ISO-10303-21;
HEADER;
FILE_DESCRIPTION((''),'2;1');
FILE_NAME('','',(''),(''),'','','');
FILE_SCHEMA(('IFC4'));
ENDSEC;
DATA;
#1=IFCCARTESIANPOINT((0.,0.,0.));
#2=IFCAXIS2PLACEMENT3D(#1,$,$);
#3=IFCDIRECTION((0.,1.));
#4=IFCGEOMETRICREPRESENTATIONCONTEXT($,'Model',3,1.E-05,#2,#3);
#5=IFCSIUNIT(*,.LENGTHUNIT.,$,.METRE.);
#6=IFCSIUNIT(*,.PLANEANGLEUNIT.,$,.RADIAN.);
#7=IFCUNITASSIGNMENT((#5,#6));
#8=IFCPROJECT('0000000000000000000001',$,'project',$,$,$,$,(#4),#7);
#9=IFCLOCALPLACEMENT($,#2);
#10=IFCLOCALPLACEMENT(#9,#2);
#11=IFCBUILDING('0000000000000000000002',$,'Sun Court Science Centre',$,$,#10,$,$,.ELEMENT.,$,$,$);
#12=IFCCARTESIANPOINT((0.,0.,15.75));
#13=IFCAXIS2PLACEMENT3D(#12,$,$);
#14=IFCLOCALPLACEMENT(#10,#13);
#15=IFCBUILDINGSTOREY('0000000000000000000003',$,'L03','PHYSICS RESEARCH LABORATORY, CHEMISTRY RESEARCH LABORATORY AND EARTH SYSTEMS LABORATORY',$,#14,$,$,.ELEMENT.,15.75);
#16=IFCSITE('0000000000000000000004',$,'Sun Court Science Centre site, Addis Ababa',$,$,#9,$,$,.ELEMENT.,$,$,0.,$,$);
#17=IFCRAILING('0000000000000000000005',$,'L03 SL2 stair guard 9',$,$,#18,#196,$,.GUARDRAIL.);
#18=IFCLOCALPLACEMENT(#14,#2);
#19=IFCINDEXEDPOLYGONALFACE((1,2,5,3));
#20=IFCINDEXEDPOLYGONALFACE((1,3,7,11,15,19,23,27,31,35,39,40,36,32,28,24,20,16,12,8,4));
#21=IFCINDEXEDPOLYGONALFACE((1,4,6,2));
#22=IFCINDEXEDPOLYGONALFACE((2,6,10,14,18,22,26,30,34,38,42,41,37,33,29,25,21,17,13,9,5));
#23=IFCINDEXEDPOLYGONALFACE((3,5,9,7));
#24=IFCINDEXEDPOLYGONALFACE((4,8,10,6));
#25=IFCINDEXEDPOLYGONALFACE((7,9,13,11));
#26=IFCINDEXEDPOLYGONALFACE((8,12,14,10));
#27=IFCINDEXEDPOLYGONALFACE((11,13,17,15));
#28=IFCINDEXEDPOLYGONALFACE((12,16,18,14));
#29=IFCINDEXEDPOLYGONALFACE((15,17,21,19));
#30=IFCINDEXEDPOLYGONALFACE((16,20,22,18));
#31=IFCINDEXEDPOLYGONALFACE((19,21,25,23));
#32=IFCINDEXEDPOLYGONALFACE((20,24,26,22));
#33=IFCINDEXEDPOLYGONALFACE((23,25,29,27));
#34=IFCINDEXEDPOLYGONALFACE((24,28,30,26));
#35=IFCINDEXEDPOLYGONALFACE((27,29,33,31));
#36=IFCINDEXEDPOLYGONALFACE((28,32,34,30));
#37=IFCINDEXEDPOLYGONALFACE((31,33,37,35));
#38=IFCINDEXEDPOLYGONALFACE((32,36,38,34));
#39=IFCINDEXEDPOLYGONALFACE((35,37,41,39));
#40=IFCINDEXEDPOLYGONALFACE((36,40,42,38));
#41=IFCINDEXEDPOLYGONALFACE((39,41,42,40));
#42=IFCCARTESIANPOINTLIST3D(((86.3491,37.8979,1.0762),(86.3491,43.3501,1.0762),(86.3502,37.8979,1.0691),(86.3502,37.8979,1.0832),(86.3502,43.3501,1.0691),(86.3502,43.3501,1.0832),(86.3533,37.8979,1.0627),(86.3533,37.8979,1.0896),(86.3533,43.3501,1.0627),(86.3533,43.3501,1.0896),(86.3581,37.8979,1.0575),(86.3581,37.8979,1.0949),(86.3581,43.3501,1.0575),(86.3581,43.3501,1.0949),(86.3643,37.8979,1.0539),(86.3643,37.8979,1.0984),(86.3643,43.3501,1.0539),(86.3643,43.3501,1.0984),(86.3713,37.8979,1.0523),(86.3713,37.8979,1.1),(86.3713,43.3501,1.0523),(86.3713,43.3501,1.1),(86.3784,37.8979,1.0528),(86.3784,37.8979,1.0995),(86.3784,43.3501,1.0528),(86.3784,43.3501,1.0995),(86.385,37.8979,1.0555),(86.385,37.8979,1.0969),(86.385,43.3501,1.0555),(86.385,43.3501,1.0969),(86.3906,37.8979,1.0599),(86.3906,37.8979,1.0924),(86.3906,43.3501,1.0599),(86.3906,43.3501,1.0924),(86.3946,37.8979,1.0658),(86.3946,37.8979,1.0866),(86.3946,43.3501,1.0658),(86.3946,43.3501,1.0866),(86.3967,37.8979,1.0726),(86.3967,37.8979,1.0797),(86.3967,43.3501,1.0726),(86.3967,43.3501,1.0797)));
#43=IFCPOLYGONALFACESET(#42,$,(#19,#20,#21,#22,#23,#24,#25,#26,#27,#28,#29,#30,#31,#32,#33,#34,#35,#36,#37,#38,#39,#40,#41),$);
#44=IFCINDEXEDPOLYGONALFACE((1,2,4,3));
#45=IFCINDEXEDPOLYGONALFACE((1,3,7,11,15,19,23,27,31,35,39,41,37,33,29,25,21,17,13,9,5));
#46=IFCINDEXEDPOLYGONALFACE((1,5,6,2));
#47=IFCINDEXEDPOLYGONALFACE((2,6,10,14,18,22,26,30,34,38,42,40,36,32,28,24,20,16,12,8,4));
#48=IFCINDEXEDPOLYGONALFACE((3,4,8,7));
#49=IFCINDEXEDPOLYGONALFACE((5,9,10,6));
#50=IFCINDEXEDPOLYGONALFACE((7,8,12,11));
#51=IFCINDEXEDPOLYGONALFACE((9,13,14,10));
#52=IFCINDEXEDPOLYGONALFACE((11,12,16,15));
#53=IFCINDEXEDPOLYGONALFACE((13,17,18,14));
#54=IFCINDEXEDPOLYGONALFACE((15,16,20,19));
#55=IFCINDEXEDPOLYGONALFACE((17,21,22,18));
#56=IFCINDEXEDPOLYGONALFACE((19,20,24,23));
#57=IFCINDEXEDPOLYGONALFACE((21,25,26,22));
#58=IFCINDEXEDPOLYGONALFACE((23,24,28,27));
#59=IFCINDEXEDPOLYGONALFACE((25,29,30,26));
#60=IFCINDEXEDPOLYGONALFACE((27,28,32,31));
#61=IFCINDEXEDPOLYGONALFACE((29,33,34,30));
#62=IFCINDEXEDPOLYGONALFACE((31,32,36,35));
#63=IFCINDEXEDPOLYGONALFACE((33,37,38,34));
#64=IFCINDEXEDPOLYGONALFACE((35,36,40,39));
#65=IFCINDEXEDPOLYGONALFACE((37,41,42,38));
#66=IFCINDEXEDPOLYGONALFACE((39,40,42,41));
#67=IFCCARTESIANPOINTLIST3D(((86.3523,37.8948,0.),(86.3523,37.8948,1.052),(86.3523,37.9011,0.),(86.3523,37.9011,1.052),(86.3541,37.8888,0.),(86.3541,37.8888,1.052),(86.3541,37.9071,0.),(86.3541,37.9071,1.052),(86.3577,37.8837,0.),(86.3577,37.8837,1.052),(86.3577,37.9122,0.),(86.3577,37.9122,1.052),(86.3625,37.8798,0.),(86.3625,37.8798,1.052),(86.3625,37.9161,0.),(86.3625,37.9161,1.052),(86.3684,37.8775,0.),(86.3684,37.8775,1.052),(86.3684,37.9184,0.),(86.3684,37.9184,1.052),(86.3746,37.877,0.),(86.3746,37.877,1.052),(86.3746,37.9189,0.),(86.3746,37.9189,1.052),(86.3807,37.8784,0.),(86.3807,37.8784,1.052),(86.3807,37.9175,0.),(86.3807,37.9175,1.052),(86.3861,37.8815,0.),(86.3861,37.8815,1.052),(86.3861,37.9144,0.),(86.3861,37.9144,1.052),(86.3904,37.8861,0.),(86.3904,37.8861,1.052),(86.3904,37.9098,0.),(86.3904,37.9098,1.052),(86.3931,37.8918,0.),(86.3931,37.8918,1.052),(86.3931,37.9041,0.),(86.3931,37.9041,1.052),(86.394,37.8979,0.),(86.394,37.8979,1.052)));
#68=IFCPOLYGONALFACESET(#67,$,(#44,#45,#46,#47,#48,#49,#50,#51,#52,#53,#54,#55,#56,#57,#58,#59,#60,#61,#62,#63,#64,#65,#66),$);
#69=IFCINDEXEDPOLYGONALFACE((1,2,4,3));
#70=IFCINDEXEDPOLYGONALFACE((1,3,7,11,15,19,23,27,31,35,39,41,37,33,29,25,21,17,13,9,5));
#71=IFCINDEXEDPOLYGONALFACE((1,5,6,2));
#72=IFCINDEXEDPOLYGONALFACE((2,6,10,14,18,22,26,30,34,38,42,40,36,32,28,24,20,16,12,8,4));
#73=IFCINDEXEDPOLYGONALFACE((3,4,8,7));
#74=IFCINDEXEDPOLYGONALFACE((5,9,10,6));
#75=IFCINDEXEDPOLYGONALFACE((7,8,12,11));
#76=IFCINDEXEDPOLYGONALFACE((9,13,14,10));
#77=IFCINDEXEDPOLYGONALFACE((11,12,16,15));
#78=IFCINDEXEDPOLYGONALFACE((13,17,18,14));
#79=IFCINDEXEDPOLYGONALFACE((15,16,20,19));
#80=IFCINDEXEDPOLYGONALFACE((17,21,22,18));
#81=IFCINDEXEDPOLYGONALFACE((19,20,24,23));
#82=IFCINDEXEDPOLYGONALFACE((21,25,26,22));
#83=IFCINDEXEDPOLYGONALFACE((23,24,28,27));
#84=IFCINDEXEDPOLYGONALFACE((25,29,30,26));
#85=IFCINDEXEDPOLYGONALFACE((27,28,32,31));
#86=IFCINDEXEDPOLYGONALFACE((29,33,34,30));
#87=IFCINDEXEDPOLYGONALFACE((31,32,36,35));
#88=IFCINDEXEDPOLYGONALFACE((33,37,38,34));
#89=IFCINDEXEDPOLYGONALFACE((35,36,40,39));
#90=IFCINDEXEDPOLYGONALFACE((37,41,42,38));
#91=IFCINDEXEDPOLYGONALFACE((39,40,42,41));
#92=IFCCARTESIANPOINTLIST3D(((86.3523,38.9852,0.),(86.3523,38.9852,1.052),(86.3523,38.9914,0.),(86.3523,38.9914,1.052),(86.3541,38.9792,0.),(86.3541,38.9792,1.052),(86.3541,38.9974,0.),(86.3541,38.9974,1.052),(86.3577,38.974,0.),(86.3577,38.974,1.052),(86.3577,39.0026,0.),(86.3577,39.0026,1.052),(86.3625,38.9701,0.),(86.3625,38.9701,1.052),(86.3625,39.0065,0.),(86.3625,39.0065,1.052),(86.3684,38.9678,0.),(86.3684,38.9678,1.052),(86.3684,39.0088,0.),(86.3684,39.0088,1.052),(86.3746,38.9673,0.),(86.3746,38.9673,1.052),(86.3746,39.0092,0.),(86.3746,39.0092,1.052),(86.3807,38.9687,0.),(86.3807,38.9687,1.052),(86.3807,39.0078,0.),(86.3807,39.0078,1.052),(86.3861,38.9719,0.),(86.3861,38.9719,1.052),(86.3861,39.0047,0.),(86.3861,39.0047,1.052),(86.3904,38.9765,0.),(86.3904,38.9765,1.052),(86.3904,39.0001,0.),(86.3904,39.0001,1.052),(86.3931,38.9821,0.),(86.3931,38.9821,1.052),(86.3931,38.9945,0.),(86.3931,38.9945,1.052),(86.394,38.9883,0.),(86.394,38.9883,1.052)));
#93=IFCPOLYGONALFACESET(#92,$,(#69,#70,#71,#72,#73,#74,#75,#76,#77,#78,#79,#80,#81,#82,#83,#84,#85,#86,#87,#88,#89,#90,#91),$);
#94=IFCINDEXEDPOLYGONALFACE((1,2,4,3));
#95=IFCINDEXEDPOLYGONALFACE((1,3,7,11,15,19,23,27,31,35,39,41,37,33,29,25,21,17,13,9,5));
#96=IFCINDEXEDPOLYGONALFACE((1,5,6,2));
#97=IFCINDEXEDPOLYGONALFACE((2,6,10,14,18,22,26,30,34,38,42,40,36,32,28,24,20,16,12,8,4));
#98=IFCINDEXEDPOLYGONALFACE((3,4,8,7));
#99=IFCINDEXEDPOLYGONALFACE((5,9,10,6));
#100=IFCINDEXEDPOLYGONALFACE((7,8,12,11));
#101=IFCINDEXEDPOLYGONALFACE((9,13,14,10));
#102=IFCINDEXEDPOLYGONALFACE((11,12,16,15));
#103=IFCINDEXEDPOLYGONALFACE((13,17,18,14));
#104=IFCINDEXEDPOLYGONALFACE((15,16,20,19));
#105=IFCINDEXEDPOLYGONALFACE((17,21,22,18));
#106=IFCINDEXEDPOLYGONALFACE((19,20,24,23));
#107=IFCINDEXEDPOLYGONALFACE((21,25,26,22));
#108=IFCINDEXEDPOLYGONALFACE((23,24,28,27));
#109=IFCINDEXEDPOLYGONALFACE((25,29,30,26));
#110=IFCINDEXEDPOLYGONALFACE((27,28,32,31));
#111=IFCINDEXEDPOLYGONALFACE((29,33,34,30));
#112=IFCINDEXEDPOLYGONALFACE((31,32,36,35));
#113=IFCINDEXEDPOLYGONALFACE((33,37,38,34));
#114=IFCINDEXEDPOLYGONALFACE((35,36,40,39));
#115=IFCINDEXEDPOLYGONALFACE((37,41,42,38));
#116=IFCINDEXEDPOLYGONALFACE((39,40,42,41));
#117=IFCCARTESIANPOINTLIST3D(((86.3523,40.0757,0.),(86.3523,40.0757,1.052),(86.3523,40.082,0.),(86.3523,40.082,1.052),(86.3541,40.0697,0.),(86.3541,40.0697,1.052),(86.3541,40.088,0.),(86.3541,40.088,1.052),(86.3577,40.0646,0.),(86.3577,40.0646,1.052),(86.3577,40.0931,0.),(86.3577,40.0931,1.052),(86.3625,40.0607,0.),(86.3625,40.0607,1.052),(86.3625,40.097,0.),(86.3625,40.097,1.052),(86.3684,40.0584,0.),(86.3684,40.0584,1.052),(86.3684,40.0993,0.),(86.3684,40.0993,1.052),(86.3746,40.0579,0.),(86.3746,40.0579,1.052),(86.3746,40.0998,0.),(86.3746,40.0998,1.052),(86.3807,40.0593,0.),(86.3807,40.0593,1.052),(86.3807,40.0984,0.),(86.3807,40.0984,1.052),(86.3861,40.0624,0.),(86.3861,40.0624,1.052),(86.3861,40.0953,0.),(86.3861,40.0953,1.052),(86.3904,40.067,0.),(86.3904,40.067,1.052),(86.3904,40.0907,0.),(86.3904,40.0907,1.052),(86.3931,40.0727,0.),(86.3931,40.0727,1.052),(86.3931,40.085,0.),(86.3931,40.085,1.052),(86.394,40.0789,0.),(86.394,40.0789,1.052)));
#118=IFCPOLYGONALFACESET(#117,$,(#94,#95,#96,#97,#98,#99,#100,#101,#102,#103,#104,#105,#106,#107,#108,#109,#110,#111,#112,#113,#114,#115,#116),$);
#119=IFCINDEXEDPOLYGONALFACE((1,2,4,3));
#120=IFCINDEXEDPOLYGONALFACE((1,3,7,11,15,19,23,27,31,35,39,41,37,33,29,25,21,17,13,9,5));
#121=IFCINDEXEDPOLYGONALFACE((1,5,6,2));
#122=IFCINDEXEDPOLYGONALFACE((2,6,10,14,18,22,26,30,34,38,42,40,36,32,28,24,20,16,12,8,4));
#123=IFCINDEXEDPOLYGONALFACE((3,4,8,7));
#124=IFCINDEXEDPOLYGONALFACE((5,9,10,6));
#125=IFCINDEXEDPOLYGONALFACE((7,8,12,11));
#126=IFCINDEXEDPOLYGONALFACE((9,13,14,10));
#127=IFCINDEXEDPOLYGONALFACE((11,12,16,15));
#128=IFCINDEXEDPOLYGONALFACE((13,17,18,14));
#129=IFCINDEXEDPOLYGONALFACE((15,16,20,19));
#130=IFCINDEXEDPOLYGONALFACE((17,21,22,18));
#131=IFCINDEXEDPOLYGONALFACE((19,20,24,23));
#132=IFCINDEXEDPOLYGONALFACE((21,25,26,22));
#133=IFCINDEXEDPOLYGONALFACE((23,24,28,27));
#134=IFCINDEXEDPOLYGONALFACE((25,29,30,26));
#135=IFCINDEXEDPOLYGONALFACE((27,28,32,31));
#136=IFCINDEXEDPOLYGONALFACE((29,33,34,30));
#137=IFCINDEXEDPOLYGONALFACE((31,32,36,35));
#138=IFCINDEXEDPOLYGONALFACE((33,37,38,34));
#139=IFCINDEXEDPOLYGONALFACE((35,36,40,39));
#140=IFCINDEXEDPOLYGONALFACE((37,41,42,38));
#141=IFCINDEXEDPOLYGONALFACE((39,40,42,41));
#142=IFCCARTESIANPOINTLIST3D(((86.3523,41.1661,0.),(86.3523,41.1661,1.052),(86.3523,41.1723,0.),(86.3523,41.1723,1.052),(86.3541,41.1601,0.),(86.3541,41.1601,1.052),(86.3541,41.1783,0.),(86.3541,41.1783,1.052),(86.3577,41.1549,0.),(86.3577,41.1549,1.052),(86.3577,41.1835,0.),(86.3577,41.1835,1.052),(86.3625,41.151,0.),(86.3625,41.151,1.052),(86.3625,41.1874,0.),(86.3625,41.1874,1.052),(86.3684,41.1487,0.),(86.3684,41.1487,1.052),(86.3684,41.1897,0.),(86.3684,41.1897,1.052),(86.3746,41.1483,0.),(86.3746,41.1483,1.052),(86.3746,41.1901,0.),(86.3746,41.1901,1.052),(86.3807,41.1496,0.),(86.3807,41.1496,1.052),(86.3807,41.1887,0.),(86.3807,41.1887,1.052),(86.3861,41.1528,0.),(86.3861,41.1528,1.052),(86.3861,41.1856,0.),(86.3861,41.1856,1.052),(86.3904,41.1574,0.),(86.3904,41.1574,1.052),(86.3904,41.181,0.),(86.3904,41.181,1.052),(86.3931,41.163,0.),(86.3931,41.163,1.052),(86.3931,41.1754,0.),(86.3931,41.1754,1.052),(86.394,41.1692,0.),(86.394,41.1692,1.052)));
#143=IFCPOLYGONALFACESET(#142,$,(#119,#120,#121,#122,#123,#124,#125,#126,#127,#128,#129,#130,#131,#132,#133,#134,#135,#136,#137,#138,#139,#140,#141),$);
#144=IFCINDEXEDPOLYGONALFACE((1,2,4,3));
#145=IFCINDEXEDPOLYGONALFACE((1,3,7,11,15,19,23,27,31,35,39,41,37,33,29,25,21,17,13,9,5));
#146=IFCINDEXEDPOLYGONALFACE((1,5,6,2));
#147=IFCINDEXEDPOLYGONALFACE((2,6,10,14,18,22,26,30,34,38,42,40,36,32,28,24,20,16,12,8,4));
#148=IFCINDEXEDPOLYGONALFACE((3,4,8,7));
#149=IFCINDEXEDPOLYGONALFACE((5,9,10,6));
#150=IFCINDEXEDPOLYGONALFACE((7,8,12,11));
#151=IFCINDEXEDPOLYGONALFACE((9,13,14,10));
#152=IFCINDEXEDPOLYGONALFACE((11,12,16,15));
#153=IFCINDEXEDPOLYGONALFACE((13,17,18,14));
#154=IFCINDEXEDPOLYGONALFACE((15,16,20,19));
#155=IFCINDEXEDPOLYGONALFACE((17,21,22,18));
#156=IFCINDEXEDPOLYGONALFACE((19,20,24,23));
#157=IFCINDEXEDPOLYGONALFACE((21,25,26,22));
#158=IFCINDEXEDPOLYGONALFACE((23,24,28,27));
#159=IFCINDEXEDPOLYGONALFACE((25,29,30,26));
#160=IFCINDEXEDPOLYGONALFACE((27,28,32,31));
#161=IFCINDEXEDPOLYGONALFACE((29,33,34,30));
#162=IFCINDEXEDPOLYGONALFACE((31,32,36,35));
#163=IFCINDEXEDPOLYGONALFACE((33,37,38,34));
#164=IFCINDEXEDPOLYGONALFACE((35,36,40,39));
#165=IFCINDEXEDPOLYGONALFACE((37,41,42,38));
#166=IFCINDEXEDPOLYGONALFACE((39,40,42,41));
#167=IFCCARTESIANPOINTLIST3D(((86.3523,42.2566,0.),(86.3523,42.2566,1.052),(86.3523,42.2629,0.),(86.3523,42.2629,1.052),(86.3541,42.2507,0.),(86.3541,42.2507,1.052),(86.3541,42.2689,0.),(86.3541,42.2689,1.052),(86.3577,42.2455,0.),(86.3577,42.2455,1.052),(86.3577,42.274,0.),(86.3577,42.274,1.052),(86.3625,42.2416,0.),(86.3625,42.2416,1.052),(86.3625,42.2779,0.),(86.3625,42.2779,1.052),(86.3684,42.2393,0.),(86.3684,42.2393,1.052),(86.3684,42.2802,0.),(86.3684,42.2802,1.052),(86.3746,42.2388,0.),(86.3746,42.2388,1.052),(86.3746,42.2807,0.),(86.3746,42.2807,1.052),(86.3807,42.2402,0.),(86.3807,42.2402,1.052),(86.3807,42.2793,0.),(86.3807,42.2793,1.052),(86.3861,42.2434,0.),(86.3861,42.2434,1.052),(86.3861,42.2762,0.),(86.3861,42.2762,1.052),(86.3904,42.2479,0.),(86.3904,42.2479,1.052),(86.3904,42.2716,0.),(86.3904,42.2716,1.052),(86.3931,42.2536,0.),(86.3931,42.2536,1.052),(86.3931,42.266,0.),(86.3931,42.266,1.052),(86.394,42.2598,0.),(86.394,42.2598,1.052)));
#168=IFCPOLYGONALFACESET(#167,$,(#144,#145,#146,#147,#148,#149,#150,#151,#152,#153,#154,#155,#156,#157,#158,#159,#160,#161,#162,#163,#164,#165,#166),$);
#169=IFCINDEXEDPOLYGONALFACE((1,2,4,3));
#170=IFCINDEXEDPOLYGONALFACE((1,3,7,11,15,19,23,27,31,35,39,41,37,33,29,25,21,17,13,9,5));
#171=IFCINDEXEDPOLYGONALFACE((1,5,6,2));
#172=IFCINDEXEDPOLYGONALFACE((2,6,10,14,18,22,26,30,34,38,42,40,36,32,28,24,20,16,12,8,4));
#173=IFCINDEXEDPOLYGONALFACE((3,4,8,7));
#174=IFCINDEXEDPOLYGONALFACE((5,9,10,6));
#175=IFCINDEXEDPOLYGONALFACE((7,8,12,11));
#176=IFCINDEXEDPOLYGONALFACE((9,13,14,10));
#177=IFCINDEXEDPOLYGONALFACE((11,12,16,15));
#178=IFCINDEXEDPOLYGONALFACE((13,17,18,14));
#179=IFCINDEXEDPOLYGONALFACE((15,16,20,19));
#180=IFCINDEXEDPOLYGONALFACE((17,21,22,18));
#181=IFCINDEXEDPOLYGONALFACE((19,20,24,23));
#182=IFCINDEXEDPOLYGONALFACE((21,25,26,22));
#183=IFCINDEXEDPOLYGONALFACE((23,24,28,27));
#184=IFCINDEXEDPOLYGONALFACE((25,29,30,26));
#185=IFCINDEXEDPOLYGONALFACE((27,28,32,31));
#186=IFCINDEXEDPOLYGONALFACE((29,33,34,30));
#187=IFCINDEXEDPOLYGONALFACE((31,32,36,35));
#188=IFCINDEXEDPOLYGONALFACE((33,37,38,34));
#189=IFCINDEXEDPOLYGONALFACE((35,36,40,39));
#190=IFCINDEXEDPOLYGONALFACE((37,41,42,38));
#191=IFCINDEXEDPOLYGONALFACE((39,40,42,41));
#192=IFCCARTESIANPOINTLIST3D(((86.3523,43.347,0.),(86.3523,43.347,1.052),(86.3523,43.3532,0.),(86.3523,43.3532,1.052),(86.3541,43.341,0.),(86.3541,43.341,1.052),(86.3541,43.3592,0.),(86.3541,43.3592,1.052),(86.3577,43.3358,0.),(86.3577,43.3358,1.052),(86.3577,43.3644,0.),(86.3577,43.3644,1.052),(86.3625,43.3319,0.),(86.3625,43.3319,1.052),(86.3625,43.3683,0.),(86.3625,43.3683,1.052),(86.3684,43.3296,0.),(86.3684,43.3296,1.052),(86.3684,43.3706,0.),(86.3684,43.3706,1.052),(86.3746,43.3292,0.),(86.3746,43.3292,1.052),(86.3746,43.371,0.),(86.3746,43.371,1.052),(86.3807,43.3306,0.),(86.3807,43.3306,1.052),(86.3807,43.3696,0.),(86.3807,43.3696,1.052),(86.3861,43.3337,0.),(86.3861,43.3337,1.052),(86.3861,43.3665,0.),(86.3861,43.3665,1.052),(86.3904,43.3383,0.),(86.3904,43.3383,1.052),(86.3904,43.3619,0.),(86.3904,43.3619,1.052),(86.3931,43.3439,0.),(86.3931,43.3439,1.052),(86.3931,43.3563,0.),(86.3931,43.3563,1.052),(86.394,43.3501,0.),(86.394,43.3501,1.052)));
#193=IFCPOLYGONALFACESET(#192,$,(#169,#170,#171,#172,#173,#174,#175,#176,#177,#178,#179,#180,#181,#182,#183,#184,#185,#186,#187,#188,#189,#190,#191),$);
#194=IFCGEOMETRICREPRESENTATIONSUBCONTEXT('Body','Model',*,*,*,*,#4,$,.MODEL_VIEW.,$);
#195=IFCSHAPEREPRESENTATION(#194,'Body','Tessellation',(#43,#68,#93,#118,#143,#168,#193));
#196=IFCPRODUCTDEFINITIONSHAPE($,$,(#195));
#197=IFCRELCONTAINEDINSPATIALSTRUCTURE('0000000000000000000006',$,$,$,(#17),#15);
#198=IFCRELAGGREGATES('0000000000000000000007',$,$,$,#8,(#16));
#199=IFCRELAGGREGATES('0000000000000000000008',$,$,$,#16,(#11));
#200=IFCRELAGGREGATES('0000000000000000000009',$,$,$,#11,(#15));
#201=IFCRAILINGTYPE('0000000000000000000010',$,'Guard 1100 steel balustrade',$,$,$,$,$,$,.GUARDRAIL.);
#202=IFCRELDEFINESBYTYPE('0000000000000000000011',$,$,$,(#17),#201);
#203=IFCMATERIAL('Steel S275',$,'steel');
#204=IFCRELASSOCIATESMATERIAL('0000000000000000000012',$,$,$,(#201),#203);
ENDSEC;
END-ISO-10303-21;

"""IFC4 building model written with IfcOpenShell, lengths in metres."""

from ifc_helpers import new_model, si_unit, direction, frame, origin, origin_2d, place, context, subcontext, project, spatial, circle, extrude, material, type_object, element, save


model = new_model("IFC4")

# Units and contexts
model_context = context("Model", 3, precision=1e-05, world=origin(), true_north=direction((0.0, 1.0)))
body_context = subcontext(model_context, "Body", "Model", "MODEL_VIEW")
ifc_project = project(units=[si_unit("LENGTHUNIT", "METRE"), si_unit("PLANEANGLEUNIT", "RADIAN")], contexts=[model_context])

# Site, building, storey
site_placement = place(None, origin())
site = spatial("IfcSite", under=ifc_project, at=site_placement, Name="Sun Court Science Centre site, Addis Ababa", CompositionType="ELEMENT", RefElevation=0.0)
building_placement = place(site_placement, origin())
building = spatial("IfcBuilding", under=site, at=building_placement, Name="Sun Court Science Centre", CompositionType="ELEMENT")
storey_placement = place(building_placement, frame((0.0, 0.0, 15.75)))
storey = spatial("IfcBuildingStorey", under=building, at=storey_placement, Name="L03", Description="PHYSICS RESEARCH LABORATORY, CHEMISTRY RESEARCH LABORATORY AND EARTH SYSTEMS LABORATORY", CompositionType="ELEMENT", Elevation=15.75)

# Railing
ifc_material_1 = material(Name="Steel S275", Category="steel")
railing_type = type_object("IfcRailingType", Name="Guard 1100 steel balustrade", PredefinedType="GUARDRAIL", material=ifc_material_1)
for number, where, name in (
    (1, (86.373, 37.8979, 0.0), "L03 SL2 stair guard 9"),
):
    element("IfcRailing", number, at=place(storey_placement, frame(where)), inside=storey, type_object=railing_type, Name=name, PredefinedType="GUARDRAIL", context=body_context, shape_type="SweptSolid", body=[
        extrude(circle(Radius=0.0239, at=origin_2d()), frame((0.0, 0.0, 1.0762), z_axis=(0.0, 1.0, 0.0), x_axis=(-1.0, 0.0, 0.0)), (0.0, 0.0, 1.0), 5.4521),
        extrude(circle(Radius=0.021, at=origin_2d()), origin(), (0.0, 0.0, 1.0), 1.052),
        extrude(circle(Radius=0.021, at=origin_2d()), frame((0.0, 1.0903, 0.0)), (0.0, 0.0, 1.0), 1.052),
        extrude(circle(Radius=0.021, at=origin_2d()), frame((0.0, 2.1809, 0.0)), (0.0, 0.0, 1.0), 1.052),
        extrude(circle(Radius=0.021, at=origin_2d()), frame((0.0, 3.2712, 0.0)), (0.0, 0.0, 1.0), 1.052),
        extrude(circle(Radius=0.021, at=origin_2d()), frame((0.0, 4.3618, 0.0)), (0.0, 0.0, 1.0), 1.052),
        extrude(circle(Radius=0.021, at=origin_2d()), frame((0.0, 5.4521, 0.0)), (0.0, 0.0, 1.0), 1.052),
    ])

save(model, "model.ifc")
